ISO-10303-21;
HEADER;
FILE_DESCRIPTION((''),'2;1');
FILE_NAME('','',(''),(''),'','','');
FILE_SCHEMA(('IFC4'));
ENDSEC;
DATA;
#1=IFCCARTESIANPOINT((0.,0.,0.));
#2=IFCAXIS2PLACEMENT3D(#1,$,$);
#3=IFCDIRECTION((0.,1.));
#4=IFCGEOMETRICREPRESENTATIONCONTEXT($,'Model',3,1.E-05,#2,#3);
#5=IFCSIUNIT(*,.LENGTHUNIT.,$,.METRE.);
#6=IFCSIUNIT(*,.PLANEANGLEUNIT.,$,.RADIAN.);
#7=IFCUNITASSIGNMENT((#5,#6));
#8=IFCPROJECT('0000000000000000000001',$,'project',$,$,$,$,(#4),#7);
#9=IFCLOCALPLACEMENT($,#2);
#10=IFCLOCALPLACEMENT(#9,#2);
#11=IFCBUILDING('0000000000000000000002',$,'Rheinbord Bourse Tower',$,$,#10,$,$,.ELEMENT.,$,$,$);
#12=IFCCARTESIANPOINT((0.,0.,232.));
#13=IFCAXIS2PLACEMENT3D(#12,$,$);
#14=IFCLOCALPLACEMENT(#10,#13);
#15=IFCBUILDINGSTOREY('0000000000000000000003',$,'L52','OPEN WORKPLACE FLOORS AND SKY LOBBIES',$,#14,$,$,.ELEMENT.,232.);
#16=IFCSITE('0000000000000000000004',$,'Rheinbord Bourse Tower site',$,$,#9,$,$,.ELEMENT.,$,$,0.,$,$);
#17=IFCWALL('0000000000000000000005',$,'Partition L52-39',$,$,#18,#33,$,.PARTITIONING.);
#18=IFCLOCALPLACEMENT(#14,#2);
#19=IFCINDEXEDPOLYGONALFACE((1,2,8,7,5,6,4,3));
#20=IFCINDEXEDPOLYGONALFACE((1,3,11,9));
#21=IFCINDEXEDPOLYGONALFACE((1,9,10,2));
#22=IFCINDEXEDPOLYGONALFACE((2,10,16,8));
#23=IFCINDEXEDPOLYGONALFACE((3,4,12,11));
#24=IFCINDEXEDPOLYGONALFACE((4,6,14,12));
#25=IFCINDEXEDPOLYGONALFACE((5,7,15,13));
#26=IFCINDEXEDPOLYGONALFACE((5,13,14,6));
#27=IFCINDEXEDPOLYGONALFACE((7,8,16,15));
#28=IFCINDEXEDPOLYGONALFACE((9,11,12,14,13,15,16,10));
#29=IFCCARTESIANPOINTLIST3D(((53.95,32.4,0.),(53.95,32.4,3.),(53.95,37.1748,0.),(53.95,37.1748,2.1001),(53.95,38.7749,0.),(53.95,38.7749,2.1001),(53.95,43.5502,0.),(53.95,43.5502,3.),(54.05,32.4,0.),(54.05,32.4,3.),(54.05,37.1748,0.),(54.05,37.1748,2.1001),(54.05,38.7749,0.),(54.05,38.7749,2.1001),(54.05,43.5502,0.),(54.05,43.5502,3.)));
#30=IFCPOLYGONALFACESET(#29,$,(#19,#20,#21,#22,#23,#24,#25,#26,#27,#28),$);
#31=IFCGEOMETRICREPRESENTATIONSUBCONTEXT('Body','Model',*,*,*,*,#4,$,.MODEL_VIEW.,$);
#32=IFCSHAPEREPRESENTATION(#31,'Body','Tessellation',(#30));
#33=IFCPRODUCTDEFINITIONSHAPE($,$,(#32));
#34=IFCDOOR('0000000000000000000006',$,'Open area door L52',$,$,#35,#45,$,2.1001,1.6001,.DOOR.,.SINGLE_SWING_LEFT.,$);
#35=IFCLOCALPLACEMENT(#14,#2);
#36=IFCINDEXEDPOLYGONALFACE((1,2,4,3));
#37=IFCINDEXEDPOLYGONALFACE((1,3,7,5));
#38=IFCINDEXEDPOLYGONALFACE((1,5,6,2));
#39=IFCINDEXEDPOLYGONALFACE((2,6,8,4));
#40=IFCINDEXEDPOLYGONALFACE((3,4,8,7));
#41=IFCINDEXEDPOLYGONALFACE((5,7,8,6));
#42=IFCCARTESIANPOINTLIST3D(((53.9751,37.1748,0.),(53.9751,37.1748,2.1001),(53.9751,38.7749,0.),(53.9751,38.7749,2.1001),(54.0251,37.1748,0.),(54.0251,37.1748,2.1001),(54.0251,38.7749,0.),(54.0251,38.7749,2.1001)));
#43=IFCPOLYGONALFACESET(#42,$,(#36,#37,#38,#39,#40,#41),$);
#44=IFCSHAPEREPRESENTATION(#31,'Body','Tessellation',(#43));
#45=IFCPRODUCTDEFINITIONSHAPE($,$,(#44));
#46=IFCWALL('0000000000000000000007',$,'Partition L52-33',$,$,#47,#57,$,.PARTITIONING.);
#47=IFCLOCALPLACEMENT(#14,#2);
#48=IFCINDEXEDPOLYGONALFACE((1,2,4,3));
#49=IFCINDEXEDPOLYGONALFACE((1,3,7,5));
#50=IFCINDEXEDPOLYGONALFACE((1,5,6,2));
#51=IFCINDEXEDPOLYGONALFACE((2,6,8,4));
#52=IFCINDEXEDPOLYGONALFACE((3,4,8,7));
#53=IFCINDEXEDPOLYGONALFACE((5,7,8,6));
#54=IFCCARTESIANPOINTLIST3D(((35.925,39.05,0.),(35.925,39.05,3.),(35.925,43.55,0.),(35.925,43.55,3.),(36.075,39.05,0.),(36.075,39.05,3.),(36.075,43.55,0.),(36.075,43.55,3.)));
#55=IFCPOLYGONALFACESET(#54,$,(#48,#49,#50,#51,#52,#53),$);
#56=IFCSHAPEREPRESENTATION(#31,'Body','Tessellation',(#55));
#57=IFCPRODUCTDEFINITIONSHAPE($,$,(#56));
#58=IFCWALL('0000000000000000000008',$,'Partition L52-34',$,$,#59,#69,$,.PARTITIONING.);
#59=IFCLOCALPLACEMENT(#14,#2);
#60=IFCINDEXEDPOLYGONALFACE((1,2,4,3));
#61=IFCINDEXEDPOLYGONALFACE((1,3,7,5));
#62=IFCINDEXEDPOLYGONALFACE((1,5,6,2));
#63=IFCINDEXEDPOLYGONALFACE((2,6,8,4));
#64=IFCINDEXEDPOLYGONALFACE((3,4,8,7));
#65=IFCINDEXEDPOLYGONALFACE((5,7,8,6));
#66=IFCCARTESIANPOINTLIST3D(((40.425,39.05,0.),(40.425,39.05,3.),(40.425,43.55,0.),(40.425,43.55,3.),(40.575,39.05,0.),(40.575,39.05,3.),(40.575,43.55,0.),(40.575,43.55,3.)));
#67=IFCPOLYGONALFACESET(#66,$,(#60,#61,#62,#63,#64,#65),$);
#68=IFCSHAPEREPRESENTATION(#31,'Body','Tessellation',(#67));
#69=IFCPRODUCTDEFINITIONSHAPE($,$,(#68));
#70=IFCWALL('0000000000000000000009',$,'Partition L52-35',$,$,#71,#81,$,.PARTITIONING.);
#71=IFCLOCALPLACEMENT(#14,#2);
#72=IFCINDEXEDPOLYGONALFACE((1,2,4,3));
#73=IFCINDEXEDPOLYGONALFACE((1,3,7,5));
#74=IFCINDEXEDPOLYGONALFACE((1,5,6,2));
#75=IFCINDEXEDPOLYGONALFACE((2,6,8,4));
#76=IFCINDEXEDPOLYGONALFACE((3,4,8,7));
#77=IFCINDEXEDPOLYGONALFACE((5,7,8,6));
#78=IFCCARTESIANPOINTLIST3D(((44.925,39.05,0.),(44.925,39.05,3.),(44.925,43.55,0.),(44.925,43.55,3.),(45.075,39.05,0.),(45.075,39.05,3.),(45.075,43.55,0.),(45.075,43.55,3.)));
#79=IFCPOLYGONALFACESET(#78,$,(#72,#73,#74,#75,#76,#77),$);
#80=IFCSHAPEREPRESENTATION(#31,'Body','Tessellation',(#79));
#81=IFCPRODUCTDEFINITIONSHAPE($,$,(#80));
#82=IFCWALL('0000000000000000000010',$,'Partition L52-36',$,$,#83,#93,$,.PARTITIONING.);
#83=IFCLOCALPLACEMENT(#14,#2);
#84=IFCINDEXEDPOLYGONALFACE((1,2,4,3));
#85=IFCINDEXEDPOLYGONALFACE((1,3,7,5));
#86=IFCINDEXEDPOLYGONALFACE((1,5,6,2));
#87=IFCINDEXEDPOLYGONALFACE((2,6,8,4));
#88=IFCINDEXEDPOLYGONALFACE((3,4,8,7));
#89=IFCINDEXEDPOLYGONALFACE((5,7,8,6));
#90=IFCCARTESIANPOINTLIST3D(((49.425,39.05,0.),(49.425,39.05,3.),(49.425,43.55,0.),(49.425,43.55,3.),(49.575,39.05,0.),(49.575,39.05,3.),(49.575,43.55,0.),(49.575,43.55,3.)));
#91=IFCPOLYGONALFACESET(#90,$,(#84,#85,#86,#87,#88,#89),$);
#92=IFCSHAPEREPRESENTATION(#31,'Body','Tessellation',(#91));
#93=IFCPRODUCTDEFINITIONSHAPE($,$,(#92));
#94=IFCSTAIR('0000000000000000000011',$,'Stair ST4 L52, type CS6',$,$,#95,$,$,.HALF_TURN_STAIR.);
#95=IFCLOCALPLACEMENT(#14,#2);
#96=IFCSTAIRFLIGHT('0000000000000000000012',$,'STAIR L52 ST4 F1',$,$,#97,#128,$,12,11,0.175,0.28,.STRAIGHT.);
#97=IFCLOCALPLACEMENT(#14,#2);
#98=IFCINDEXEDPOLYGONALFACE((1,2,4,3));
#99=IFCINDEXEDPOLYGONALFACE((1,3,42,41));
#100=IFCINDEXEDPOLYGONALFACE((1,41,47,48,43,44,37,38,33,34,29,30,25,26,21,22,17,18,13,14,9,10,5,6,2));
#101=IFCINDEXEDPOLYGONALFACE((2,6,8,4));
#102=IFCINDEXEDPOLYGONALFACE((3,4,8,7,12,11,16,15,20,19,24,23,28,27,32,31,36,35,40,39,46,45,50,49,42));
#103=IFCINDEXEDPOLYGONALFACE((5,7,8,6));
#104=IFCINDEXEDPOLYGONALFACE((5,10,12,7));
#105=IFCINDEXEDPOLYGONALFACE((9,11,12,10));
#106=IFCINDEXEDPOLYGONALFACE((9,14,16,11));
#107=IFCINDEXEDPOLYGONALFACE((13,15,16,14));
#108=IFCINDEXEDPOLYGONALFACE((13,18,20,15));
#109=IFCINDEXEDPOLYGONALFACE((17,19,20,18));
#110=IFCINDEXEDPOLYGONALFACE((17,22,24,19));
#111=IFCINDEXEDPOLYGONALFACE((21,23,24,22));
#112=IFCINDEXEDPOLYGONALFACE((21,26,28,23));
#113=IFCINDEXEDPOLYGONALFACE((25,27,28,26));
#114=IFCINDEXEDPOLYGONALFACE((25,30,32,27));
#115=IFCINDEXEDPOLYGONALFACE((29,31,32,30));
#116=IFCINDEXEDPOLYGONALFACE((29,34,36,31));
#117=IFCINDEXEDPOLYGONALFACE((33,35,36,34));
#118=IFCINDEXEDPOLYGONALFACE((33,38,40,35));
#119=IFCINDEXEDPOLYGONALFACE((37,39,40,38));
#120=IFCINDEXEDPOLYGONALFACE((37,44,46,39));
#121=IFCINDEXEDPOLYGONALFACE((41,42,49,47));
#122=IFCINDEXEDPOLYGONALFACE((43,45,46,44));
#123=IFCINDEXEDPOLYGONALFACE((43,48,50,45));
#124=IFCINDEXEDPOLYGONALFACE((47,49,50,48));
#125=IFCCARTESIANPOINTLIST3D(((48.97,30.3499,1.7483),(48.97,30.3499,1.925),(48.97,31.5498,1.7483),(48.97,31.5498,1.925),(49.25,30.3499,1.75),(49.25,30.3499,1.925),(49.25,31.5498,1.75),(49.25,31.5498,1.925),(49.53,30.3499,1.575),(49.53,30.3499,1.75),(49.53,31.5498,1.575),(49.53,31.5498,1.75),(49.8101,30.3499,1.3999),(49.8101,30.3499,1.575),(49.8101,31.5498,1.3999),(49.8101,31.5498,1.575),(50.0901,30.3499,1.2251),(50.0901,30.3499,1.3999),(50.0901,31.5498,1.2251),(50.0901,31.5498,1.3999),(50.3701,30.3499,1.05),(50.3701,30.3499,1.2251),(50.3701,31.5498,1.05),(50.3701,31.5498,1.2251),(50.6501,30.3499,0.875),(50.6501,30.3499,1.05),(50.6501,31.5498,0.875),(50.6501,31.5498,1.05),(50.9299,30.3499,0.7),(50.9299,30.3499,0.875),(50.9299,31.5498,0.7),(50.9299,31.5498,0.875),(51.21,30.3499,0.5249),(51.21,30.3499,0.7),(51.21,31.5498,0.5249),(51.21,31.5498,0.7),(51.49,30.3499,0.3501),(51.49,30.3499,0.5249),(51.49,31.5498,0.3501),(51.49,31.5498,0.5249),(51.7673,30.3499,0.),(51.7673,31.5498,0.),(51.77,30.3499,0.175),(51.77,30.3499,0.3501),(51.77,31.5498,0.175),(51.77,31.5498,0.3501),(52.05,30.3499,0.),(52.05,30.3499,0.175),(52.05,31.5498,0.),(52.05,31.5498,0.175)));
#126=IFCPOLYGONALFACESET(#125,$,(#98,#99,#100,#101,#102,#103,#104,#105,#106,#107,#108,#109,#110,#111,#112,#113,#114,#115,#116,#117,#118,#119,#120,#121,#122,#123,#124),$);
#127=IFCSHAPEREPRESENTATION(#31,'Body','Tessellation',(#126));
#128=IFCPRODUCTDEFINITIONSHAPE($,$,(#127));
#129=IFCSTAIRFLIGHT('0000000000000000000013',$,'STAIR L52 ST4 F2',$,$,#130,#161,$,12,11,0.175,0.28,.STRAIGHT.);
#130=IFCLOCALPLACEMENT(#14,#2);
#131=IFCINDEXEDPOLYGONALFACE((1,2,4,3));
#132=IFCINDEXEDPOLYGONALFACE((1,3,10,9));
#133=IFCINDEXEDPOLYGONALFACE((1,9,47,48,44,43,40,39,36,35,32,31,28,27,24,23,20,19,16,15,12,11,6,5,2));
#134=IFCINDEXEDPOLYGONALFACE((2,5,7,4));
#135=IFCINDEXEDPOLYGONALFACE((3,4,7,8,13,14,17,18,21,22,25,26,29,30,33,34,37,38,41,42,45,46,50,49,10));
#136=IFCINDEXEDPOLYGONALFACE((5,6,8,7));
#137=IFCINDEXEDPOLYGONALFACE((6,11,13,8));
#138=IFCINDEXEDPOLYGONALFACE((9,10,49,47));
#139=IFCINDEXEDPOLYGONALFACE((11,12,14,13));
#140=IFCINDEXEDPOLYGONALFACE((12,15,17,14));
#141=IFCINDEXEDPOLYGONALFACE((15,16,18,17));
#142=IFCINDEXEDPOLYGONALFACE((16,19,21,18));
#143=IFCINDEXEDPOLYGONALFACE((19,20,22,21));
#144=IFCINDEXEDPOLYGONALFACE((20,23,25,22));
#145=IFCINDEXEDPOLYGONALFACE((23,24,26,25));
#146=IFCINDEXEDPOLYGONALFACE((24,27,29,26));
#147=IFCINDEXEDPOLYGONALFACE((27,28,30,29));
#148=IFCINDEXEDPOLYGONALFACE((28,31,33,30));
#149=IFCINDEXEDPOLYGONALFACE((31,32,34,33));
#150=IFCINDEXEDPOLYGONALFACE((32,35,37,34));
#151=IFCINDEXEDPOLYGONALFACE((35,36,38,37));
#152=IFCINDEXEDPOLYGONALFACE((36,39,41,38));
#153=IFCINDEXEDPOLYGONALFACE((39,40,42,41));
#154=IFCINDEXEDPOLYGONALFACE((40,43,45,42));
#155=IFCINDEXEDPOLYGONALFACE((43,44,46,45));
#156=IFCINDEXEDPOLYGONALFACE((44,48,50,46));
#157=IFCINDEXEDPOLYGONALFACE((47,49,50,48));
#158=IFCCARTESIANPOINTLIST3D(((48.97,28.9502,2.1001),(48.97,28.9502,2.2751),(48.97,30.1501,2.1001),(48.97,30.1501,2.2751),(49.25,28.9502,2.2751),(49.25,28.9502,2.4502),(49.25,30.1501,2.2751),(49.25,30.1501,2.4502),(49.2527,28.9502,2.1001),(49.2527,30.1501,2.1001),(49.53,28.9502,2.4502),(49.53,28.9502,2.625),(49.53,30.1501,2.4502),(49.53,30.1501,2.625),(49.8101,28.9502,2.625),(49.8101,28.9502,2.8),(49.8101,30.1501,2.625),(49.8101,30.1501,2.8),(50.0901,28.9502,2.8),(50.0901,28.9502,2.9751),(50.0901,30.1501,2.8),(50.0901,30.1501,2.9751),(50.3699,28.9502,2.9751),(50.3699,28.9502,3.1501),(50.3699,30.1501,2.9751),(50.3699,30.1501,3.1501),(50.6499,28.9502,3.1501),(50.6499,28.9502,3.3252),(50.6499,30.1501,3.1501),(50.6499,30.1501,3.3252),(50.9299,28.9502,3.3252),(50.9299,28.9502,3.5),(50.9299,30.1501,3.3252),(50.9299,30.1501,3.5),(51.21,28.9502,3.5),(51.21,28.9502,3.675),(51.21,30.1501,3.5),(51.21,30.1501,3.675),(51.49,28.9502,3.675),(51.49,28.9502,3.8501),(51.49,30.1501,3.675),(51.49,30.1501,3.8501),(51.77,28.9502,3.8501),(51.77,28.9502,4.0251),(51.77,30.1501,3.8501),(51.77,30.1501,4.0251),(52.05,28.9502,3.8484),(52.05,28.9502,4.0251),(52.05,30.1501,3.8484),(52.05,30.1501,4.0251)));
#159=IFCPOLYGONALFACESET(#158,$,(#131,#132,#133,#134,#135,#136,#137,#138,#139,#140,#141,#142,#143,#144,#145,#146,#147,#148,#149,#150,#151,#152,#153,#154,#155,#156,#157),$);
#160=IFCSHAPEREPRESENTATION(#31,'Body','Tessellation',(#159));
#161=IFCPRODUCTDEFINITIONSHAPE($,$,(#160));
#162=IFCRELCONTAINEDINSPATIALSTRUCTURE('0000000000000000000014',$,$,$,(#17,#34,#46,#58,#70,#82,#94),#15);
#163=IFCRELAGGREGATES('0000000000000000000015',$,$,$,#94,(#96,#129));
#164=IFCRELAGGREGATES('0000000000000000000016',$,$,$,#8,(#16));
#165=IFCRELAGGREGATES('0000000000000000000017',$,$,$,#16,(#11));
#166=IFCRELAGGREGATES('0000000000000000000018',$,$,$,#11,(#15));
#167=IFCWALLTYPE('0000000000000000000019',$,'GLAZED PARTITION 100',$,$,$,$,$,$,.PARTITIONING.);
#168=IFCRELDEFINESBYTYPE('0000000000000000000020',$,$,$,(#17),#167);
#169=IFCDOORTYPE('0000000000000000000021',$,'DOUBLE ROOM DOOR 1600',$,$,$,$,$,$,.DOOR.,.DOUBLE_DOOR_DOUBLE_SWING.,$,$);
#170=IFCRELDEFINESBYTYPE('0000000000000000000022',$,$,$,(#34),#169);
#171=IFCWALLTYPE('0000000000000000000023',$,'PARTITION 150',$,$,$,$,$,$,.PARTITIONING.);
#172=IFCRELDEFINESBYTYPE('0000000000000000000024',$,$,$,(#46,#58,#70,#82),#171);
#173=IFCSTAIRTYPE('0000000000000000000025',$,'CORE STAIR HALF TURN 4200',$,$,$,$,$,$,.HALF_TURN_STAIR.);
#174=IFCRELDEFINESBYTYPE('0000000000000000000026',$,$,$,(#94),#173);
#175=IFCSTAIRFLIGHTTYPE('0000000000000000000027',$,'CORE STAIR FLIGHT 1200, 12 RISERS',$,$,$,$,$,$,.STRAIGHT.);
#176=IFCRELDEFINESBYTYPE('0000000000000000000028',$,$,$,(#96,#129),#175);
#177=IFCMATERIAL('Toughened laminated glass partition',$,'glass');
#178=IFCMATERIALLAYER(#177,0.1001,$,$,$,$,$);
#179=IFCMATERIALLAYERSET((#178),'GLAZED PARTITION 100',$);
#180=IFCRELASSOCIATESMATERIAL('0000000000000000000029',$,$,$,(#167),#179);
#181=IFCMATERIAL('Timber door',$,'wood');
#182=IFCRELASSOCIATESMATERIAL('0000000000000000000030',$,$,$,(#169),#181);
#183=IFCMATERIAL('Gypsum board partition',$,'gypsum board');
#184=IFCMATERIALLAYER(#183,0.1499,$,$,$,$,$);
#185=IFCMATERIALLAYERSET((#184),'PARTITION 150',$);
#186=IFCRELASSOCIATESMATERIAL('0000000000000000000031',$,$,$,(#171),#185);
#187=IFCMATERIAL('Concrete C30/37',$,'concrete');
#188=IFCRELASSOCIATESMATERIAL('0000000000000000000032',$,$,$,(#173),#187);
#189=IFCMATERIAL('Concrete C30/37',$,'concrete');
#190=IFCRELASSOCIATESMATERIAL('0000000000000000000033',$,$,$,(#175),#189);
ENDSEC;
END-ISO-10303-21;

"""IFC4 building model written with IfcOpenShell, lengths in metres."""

from ifc_helpers import new_model, si_unit, direction, frame, frame_2d, origin, place, context, subcontext, project, spatial, polyline, rectangle, outline, extrude, material, layer, layer_set, type_object, element, fill, aggregate, save


model = new_model("IFC4")

# Units and contexts
model_context = context("Model", 3, precision=1e-05, world=origin(), true_north=direction((0.0, 1.0)))
body_context = subcontext(model_context, "Body", "Model", "MODEL_VIEW")
ifc_project = project(units=[si_unit("LENGTHUNIT", "METRE"), si_unit("PLANEANGLEUNIT", "RADIAN")], contexts=[model_context])

# Site, building, storey
site_placement = place(None, origin())
site = spatial("IfcSite", under=ifc_project, at=site_placement, Name="Rheinbord Bourse Tower site", CompositionType="ELEMENT", RefElevation=0.0)
building_placement = place(site_placement, origin())
building = spatial("IfcBuilding", under=site, at=building_placement, Name="Rheinbord Bourse Tower", CompositionType="ELEMENT")
storey_placement = place(building_placement, frame((0.0, 0.0, 232.0)))
storey = spatial("IfcBuildingStorey", under=building, at=storey_placement, Name="L52", Description="OPEN WORKPLACE FLOORS AND SKY LOBBIES", CompositionType="ELEMENT", Elevation=232.0)

# Wall, opening, door
ifc_material_1 = material(Name="Toughened laminated glass partition", Category="glass")
ifc_layer_1 = layer(ifc_material_1, 0.1001)
ifc_layer_set_1 = layer_set([ifc_layer_1], Name="GLAZED PARTITION 100")
wall_type_1 = type_object("IfcWallType", Name="GLAZED PARTITION 100", PredefinedType="PARTITIONING", material=ifc_layer_set_1)
wall_1_placement = place(storey_placement, frame((54.0, 32.3999, 0.0), z_axis=(0.0, 0.0, 1.0), x_axis=(0.0, 1.0, 0.0)))
wall_1 = element("IfcWall", 1, at=wall_1_placement, inside=storey, type_object=wall_type_1, Name="Partition L52-39", PredefinedType="PARTITIONING", context=body_context, shape_type="SweptSolid", body=[
    extrude(rectangle(XDim=11.1501, YDim=0.1001, at=frame_2d((5.5752, 0.0))), origin(), (0.0, 0.0, 1.0), 3.0),
])
opening_1_placement = place(wall_1_placement, frame((4.7749, 0.0, 0.0)))
opening_1 = element("IfcOpeningElement", 2, at=opening_1_placement, cuts=wall_1, PredefinedType="OPENING", context=body_context, shape_type="SweptSolid", body=[
    extrude(rectangle(XDim=1.6001, YDim=2.1001, at=frame_2d((0.8, 1.05))), frame((0.0, 0.0601, 0.0), z_axis=(0.0, -1.0, 0.0), x_axis=(1.0, 0.0, 0.0)), (0.0, 0.0, 1.0), 0.1201),
])
ifc_material_2 = material(Name="Timber door", Category="wood")
door_type_1 = type_object("IfcDoorType", Name="DOUBLE ROOM DOOR 1600", OperationType="DOUBLE_DOOR_DOUBLE_SWING", PredefinedType="DOOR", material=ifc_material_2)
door_1_placement = place(opening_1_placement, origin())
door_1 = element("IfcDoor", 3, at=door_1_placement, inside=storey, type_object=door_type_1, Name="Open area door L52", OperationType="SINGLE_SWING_LEFT", OverallHeight=2.1001, OverallWidth=1.6001, PredefinedType="DOOR", context=body_context, shape_type="SweptSolid", body=[
    extrude(rectangle(XDim=1.6001, YDim=2.1001, at=frame_2d((0.8, 1.05))), frame((0.0, 0.0249, 0.0), z_axis=(0.0, -1.0, 0.0), x_axis=(1.0, 0.0, 0.0)), (0.0, 0.0, 1.0), 0.05),
])
fill(opening_1, door_1)

# Walls
ifc_material_3 = material(Name="Gypsum board partition", Category="gypsum board")
ifc_layer_2 = layer(ifc_material_3, 0.1499)
ifc_layer_set_2 = layer_set([ifc_layer_2], Name="PARTITION 150")
wall_type_2 = type_object("IfcWallType", Name="PARTITION 150", PredefinedType="PARTITIONING", material=ifc_layer_set_2)
for number, where, z_axis, x_axis, name in (
    (4, (36.0, 39.05, 0.0), (0.0, 0.0, 1.0), (0.0, 1.0, 0.0), "Partition L52-33"),
    (5, (40.5, 39.05, 0.0), (0.0, 0.0, 1.0), (0.0, 1.0, 0.0), "Partition L52-34"),
    (6, (45.0, 39.05, 0.0), (0.0, 0.0, 1.0), (0.0, 1.0, 0.0), "Partition L52-35"),
    (7, (49.5, 39.05, 0.0), (0.0, 0.0, 1.0), (0.0, 1.0, 0.0), "Partition L52-36"),
):
    element("IfcWall", number, at=place(storey_placement, frame(where, z_axis=z_axis, x_axis=x_axis)), inside=storey, type_object=wall_type_2, Name=name, PredefinedType="PARTITIONING", context=body_context, shape_type="SweptSolid", body=[
        extrude(rectangle(XDim=4.5, YDim=0.1499, at=frame_2d((2.25, 0.0))), origin(), (0.0, 0.0, 1.0), 3.0),
    ])

# Stair, stair flights
ifc_material_4 = material(Name="Concrete C30/37", Category="concrete")
stair_type = type_object("IfcStairType", Name="CORE STAIR HALF TURN 4200", PredefinedType="HALF_TURN_STAIR", material=ifc_material_4)
stair_placement = place(storey_placement, origin())
stair = element("IfcStair", 8, at=stair_placement, inside=storey, type_object=stair_type, Name="Stair ST4 L52, type CS6", PredefinedType="HALF_TURN_STAIR")
ifc_material_5 = material(Name="Concrete C30/37", Category="concrete")
stair_flight_type = type_object("IfcStairFlightType", Name="CORE STAIR FLIGHT 1200, 12 RISERS", PredefinedType="STRAIGHT", material=ifc_material_5)
stair_flight_1_placement = place(storey_placement, frame((52.05, 30.95, 0.0), z_axis=(0.0, 0.0, 1.0), x_axis=(-1.0, 0.0, 0.0)))
stair_flight_1 = element("IfcStairFlight", 9, at=stair_flight_1_placement, type_object=stair_flight_type, Name="STAIR L52 ST4 F1", NumberOfRisers=12, NumberOfTreads=11, PredefinedType="STRAIGHT", RiserHeight=0.175, TreadLength=0.28, context=body_context, shape_type="SweptSolid", body=[
    extrude(outline(polyline([(0.0, 0.0), (0.0, 0.175), (0.28, 0.175), (0.28, 0.3501), (0.5601, 0.3501), (0.5601, 0.5249), (0.8401, 0.5249), (0.8401, 0.7), (1.1201, 0.7), (1.1201, 0.875), (1.3999, 0.875), (1.3999, 1.05), (1.6799, 1.05), (1.6799, 1.2251), (1.96, 1.2251), (1.96, 1.3999), (2.24, 1.3999), (2.24, 1.575), (2.52, 1.575), (2.52, 1.75), (2.8, 1.75), (2.8, 1.925), (3.0801, 1.925), (3.0801, 2.1001), (3.0801, 1.7483), (0.2827, 0.0), (0.0, 0.0)])), frame((0.0, 0.6001, 0.0), z_axis=(0.0, -1.0, 0.0), x_axis=(1.0, 0.0, 0.0)), (0.0, 0.0, 1.0), 1.2),
])
stair_flight_2_placement = place(storey_placement, frame((48.97, 29.55, 2.1001), z_axis=(0.0, 0.0, 1.0), x_axis=(1.0, 0.0, 0.0)))
stair_flight_2 = element("IfcStairFlight", 10, at=stair_flight_2_placement, type_object=stair_flight_type, Name="STAIR L52 ST4 F2", NumberOfRisers=12, NumberOfTreads=11, PredefinedType="STRAIGHT", RiserHeight=0.175, TreadLength=0.28, context=body_context, shape_type="SweptSolid", body=[
    extrude(outline(polyline([(0.0, 0.0), (0.0, 0.175), (0.28, 0.175), (0.28, 0.3501), (0.5601, 0.3501), (0.5601, 0.5249), (0.8401, 0.5249), (0.8401, 0.7), (1.1201, 0.7), (1.1201, 0.875), (1.3999, 0.875), (1.3999, 1.05), (1.6799, 1.05), (1.6799, 1.2251), (1.96, 1.2251), (1.96, 1.3999), (2.24, 1.3999), (2.24, 1.575), (2.52, 1.575), (2.52, 1.75), (2.8, 1.75), (2.8, 1.925), (3.0801, 1.925), (3.0801, 2.1001), (3.0801, 1.7483), (0.2827, 0.0), (0.0, 0.0)])), frame((0.0, 0.6001, 0.0), z_axis=(0.0, -1.0, 0.0), x_axis=(1.0, 0.0, 0.0)), (0.0, 0.0, 1.0), 1.2),
])
aggregate(stair, [stair_flight_1, stair_flight_2])

save(model, "model.ifc")
